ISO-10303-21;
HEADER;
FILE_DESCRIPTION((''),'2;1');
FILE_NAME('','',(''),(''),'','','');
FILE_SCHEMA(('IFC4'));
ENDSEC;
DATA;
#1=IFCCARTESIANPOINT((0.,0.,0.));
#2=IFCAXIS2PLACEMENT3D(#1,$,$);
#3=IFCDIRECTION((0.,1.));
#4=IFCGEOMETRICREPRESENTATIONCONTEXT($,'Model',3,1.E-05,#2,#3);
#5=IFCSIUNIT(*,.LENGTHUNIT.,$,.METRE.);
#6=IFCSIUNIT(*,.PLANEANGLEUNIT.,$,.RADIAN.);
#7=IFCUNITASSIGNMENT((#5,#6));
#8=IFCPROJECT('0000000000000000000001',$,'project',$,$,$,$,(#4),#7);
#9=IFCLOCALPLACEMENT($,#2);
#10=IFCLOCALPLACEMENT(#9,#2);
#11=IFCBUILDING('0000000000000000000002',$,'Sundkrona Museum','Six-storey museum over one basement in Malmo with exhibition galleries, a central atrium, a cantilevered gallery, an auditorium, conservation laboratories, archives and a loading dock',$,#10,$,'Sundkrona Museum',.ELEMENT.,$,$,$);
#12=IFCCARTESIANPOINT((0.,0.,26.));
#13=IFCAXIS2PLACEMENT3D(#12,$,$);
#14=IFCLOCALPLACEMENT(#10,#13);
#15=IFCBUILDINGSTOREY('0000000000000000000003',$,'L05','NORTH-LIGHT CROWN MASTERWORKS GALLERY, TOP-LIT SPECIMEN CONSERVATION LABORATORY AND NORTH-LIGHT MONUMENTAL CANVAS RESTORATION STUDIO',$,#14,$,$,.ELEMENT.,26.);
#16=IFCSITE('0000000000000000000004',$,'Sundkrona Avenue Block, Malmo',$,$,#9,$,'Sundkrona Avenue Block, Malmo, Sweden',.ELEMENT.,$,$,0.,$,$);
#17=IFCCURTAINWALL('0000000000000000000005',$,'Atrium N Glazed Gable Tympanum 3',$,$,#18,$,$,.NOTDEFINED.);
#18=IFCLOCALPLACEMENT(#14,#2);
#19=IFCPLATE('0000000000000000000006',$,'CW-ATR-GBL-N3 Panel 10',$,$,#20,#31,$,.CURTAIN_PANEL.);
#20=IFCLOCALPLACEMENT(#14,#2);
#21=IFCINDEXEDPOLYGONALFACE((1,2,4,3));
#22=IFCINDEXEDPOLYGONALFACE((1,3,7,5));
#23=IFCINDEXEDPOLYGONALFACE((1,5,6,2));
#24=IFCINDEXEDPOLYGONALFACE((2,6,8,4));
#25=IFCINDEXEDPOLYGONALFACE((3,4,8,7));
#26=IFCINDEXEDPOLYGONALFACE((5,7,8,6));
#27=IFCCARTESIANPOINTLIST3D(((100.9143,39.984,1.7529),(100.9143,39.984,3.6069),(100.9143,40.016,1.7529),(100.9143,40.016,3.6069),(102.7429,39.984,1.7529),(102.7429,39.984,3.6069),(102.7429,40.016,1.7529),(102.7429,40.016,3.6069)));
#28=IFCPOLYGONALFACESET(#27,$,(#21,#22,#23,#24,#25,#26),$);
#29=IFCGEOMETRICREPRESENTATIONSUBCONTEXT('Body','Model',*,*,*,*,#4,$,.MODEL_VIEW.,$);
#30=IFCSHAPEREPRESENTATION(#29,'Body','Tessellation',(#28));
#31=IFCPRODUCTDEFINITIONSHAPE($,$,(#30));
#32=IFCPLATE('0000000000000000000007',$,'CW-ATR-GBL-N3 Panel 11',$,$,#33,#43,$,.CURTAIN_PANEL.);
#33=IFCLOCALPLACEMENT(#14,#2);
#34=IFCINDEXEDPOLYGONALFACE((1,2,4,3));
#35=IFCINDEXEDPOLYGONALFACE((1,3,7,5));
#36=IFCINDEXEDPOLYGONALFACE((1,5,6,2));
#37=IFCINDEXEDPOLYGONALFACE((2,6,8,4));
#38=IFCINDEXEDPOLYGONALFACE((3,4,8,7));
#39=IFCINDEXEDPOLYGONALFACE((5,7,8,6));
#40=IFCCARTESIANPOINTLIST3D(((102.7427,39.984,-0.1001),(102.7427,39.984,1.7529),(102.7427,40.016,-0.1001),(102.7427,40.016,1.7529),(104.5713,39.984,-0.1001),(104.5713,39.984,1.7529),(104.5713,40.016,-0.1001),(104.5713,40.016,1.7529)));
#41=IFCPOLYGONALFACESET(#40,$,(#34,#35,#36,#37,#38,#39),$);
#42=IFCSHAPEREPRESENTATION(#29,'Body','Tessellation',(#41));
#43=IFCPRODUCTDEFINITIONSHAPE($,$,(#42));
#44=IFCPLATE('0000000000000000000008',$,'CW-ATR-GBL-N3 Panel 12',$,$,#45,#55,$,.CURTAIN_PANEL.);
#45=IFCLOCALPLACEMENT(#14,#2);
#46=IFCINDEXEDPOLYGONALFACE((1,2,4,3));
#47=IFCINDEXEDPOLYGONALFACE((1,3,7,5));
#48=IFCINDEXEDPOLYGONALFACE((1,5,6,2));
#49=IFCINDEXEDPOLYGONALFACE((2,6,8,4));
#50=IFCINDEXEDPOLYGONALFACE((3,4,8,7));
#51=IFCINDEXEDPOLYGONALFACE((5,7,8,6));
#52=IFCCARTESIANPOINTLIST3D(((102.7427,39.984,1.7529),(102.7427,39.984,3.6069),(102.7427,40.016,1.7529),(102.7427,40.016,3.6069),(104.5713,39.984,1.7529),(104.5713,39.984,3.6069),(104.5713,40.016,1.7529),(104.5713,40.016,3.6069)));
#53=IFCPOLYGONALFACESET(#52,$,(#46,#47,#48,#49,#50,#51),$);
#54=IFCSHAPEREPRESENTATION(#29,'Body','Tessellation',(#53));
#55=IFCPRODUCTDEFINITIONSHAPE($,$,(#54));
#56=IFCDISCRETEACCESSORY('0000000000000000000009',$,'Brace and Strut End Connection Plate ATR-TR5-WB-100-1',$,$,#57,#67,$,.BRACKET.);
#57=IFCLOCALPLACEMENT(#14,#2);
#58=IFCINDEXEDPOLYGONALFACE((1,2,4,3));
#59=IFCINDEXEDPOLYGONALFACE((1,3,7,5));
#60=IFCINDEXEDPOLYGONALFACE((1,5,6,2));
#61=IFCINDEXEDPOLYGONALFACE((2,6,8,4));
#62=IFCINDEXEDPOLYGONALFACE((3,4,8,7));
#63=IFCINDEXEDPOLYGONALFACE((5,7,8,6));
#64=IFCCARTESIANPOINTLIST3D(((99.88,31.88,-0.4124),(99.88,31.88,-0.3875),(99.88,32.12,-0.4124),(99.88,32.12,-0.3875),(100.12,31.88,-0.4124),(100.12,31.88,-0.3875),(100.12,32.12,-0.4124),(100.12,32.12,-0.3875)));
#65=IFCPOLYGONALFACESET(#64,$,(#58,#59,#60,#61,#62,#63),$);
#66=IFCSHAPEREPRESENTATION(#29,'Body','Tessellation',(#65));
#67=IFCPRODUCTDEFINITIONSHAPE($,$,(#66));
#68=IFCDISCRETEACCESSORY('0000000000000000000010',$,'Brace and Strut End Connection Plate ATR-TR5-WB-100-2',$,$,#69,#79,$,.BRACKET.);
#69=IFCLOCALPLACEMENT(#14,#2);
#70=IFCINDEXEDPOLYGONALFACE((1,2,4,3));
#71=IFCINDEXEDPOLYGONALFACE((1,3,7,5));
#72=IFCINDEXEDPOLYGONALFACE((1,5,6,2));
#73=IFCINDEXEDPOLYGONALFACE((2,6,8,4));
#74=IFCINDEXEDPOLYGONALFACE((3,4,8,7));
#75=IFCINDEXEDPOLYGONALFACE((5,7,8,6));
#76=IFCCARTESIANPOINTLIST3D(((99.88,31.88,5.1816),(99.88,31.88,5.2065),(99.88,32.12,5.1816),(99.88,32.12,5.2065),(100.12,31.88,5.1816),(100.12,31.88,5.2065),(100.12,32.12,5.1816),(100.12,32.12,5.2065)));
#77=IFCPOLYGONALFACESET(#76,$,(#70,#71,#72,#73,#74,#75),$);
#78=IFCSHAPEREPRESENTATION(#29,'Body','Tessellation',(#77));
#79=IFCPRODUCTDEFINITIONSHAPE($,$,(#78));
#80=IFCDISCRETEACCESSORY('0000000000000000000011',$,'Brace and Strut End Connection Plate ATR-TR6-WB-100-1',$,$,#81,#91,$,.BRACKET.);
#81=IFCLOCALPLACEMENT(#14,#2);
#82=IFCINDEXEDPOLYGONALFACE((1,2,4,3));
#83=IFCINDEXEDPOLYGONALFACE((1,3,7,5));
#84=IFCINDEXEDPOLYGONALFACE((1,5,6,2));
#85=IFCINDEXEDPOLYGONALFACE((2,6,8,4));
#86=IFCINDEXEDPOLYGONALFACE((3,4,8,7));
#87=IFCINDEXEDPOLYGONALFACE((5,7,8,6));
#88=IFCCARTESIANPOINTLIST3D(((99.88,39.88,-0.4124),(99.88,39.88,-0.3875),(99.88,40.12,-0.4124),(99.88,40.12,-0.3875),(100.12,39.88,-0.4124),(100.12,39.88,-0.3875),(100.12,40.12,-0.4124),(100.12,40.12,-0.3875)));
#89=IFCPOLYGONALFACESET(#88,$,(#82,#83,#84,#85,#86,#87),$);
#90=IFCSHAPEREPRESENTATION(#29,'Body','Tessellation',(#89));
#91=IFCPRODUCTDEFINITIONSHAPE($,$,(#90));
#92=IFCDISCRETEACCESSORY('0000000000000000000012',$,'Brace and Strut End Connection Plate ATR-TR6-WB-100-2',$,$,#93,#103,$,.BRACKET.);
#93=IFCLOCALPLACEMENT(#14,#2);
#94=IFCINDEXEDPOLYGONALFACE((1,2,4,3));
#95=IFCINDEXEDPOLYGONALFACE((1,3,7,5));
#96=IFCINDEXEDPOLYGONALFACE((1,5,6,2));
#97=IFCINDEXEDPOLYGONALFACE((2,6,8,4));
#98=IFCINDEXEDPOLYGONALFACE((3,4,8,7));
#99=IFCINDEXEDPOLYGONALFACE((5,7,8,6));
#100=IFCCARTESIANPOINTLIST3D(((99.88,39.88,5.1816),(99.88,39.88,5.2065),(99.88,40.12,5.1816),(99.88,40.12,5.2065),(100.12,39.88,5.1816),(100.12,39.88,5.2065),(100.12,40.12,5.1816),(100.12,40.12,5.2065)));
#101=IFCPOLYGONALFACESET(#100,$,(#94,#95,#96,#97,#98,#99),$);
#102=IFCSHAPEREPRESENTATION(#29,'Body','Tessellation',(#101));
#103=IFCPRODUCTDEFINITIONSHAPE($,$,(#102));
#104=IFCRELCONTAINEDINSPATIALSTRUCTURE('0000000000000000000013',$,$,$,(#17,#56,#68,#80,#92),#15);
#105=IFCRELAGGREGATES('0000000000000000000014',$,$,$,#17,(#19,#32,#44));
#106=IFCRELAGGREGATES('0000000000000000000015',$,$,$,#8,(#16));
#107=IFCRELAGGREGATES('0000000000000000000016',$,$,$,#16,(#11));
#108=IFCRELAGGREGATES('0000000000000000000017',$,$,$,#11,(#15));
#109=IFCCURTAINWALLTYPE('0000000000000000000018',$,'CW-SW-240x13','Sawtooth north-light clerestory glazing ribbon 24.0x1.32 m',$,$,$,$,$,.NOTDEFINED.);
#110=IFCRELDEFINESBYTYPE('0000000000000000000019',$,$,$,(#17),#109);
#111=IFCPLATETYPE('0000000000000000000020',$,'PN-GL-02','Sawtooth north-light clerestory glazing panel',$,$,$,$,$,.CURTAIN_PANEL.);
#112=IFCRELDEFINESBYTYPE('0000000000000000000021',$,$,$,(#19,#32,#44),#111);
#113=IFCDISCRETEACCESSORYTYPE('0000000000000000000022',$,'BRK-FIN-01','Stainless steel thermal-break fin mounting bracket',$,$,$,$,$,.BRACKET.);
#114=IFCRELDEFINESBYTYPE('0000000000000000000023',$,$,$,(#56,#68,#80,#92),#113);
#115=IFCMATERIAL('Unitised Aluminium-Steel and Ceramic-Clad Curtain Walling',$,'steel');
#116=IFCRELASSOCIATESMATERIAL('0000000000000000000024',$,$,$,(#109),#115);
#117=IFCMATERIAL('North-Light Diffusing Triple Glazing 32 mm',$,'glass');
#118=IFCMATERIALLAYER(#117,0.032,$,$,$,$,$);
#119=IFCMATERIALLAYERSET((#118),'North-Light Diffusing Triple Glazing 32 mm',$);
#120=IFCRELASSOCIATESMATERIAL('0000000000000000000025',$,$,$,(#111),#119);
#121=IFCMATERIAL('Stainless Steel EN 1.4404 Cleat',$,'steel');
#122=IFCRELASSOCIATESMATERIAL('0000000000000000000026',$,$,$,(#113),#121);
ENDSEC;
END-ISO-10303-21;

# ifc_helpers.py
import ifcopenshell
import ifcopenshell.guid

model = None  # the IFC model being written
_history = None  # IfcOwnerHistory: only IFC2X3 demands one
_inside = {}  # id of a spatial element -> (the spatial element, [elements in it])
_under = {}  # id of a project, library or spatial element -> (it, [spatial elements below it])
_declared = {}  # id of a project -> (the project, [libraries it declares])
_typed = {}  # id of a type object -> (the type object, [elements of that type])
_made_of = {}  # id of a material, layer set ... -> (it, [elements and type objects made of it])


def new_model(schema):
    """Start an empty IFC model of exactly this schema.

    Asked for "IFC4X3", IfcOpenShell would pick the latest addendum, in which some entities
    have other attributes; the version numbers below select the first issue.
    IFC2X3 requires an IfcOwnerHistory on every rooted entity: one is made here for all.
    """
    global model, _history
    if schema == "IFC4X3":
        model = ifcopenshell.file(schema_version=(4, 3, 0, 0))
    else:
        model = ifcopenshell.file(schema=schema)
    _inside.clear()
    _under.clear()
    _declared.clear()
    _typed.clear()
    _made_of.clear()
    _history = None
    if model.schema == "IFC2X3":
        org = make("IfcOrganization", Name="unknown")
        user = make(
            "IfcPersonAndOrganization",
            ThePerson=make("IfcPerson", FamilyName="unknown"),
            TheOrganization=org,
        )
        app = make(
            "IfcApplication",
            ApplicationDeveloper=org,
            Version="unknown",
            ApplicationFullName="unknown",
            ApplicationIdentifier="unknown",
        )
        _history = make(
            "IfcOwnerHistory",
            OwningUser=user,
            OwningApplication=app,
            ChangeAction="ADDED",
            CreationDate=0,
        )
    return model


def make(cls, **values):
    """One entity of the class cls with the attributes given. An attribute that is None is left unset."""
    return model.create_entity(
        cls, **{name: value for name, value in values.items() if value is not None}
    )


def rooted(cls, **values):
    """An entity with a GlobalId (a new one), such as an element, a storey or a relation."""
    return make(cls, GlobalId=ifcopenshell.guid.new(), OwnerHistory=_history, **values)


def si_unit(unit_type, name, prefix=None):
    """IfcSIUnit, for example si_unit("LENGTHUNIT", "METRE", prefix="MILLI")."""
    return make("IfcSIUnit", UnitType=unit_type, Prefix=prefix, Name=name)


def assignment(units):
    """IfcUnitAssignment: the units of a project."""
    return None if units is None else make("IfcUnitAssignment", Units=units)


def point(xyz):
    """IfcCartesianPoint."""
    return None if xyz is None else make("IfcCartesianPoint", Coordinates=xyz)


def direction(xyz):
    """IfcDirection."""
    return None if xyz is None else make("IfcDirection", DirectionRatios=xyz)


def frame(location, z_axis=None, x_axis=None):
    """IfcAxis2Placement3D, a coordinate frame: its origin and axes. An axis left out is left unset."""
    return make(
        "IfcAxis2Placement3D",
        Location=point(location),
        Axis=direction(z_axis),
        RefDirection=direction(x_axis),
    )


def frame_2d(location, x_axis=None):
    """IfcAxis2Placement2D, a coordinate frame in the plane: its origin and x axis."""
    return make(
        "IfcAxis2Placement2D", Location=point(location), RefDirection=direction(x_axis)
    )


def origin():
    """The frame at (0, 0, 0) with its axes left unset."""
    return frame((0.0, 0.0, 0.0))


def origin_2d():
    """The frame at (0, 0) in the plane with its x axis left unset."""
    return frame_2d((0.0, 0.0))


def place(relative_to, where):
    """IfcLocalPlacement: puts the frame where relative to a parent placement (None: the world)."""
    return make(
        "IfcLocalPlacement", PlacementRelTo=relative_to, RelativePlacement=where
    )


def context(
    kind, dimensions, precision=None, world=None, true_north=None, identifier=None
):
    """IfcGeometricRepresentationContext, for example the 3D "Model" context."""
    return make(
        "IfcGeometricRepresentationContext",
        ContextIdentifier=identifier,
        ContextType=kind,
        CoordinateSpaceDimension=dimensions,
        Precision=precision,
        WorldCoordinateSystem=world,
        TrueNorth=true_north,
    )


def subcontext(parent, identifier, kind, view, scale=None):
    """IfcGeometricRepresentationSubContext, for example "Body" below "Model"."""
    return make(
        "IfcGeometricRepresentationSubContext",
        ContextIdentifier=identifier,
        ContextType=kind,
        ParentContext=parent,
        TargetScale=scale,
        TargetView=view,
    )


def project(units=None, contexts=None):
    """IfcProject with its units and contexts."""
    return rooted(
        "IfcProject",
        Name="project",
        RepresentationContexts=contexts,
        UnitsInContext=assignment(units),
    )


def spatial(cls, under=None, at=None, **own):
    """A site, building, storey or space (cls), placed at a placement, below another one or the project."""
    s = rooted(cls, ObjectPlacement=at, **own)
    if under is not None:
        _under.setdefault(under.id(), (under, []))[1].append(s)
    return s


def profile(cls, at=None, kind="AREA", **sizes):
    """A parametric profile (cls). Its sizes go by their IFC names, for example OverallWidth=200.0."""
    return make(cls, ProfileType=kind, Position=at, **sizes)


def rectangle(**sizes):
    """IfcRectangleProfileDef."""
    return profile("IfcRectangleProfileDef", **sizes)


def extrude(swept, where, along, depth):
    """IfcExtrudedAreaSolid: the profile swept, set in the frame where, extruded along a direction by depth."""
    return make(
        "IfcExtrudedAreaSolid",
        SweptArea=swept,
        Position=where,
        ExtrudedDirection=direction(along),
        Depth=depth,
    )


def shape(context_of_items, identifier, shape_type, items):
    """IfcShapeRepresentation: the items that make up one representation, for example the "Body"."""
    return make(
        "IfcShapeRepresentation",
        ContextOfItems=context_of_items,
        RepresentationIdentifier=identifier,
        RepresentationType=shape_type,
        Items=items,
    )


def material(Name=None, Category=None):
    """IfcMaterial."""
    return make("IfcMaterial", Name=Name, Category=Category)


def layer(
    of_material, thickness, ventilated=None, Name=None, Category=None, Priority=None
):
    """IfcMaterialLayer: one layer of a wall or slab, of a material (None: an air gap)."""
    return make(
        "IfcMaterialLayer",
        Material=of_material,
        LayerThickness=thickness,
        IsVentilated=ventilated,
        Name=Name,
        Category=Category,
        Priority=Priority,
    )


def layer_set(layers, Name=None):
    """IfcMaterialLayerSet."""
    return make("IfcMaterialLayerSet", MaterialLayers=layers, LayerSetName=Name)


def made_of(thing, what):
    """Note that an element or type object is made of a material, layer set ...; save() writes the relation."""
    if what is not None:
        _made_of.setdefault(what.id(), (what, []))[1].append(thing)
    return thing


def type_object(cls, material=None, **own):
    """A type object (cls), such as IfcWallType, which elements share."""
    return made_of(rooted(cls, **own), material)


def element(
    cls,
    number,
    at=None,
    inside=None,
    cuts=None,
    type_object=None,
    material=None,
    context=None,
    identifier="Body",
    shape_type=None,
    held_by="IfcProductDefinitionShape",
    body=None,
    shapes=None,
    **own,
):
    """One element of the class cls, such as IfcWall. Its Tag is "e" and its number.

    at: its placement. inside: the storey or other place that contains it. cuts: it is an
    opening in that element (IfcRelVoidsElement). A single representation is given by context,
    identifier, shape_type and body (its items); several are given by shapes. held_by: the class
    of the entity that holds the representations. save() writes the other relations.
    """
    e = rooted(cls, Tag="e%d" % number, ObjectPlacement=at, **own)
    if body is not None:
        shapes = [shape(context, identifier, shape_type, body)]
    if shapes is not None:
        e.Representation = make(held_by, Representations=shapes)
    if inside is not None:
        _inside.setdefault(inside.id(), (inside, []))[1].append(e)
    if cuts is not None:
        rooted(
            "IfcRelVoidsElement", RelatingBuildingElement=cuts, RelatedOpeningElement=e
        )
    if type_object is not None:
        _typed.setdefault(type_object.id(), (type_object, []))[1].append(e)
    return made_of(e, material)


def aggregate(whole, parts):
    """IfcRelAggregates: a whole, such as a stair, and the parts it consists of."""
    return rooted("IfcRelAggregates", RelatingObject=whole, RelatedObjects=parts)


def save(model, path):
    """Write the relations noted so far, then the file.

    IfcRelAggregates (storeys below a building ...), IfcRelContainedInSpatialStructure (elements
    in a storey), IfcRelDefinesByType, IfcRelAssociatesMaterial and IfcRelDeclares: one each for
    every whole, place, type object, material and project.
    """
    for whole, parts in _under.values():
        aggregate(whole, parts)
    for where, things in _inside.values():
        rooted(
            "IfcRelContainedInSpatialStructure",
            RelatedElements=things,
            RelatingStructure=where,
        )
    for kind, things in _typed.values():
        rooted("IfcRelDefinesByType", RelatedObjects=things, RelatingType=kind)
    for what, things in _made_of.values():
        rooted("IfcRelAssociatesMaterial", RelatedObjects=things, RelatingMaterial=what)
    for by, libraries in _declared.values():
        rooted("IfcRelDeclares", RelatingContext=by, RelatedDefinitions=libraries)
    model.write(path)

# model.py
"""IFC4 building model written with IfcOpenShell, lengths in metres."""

from ifc_helpers import new_model, si_unit, direction, frame, origin, origin_2d, place, context, subcontext, project, spatial, rectangle, extrude, material, layer, layer_set, type_object, element, aggregate, save


model = new_model("IFC4")

# Units and contexts
model_context = context("Model", 3, precision=1e-05, world=origin(), true_north=direction((0.0, 1.0)))
body_context = subcontext(model_context, "Body", "Model", "MODEL_VIEW")
ifc_project = project(units=[si_unit("LENGTHUNIT", "METRE"), si_unit("PLANEANGLEUNIT", "RADIAN")], contexts=[model_context])

# Site, building, storey
site_placement = place(None, origin())
site = spatial("IfcSite", under=ifc_project, at=site_placement, Name="Sundkrona Avenue Block, Malmo", LongName="Sundkrona Avenue Block, Malmo, Sweden", CompositionType="ELEMENT", RefElevation=0.0)
building_placement = place(site_placement, origin())
building = spatial("IfcBuilding", under=site, at=building_placement, Name="Sundkrona Museum", Description="Six-storey museum over one basement in Malmo with exhibition galleries, a central atrium, a cantilevered gallery, an auditorium, conservation laboratories, archives and a loading dock", LongName="Sundkrona Museum", CompositionType="ELEMENT")
storey_placement = place(building_placement, frame((0.0, 0.0, 26.0)))
storey = spatial("IfcBuildingStorey", under=building, at=storey_placement, Name="L05", Description="NORTH-LIGHT CROWN MASTERWORKS GALLERY, TOP-LIT SPECIMEN CONSERVATION LABORATORY AND NORTH-LIGHT MONUMENTAL CANVAS RESTORATION STUDIO", CompositionType="ELEMENT", Elevation=26.0)

# Curtain wall
ifc_material_1 = material(Name="Unitised Aluminium-Steel and Ceramic-Clad Curtain Walling", Category="steel")
curtain_wall_type = type_object("IfcCurtainWallType", Name="CW-SW-240x13", Description="Sawtooth north-light clerestory glazing ribbon 24.0x1.32 m", PredefinedType="NOTDEFINED", material=ifc_material_1)
curtain_wall_placement = place(storey_placement, origin())
curtain_wall = element("IfcCurtainWall", 1, at=curtain_wall_placement, inside=storey, type_object=curtain_wall_type, Name="Atrium N Glazed Gable Tympanum 3", PredefinedType="NOTDEFINED")

# Plates
ifc_material_2 = material(Name="North-Light Diffusing Triple Glazing 32 mm", Category="glass")
ifc_layer = layer(ifc_material_2, 0.032)
ifc_layer_set = layer_set([ifc_layer], Name="North-Light Diffusing Triple Glazing 32 mm")
plate_type = type_object("IfcPlateType", Name="PN-GL-02", Description="Sawtooth north-light clerestory glazing panel", PredefinedType="CURTAIN_PANEL", material=ifc_layer_set)
plate_1_placement = place(storey_placement, frame((101.8286, 40.0, 1.7529), z_axis=(0.0, 0.0, 1.0), x_axis=(1.0, 0.0, 0.0)))
plate_1 = element("IfcPlate", 2, at=plate_1_placement, type_object=plate_type, Name="CW-ATR-GBL-N3 Panel 10", PredefinedType="CURTAIN_PANEL", context=body_context, shape_type="SweptSolid", body=[
    extrude(rectangle(XDim=1.8286, YDim=0.032, at=origin_2d()), origin(), (0.0, 0.0, 1.0), 1.854),
])
plate_2_placement = place(storey_placement, frame((103.657, 40.0, -0.1001), z_axis=(0.0, 0.0, 1.0), x_axis=(1.0, 0.0, 0.0)))
plate_2 = element("IfcPlate", 3, at=plate_2_placement, type_object=plate_type, Name="CW-ATR-GBL-N3 Panel 11", PredefinedType="CURTAIN_PANEL", context=body_context, shape_type="SweptSolid", body=[
    extrude(rectangle(XDim=1.8286, YDim=0.032, at=origin_2d()), origin(), (0.0, 0.0, 1.0), 1.853),
])
plate_3_placement = place(storey_placement, frame((103.657, 40.0, 1.7529), z_axis=(0.0, 0.0, 1.0), x_axis=(1.0, 0.0, 0.0)))
plate_3 = element("IfcPlate", 4, at=plate_3_placement, type_object=plate_type, Name="CW-ATR-GBL-N3 Panel 12", PredefinedType="CURTAIN_PANEL", context=body_context, shape_type="SweptSolid", body=[
    extrude(rectangle(XDim=1.8286, YDim=0.032, at=origin_2d()), origin(), (0.0, 0.0, 1.0), 1.854),
])
aggregate(curtain_wall, [plate_1, plate_2, plate_3])

# Discrete accessories
ifc_material_3 = material(Name="Stainless Steel EN 1.4404 Cleat", Category="steel")
discrete_accessory_type = type_object("IfcDiscreteAccessoryType", Name="BRK-FIN-01", Description="Stainless steel thermal-break fin mounting bracket", PredefinedType="BRACKET", material=ifc_material_3)
for number, where, z_axis, x_axis, name in (
    (5, (100.0, 32.0, -0.4124), (0.0, 0.0, 1.0), (1.0, 0.0, 0.0), "Brace and Strut End Connection Plate ATR-TR5-WB-100-1"),
    (6, (100.0, 32.0, 5.1816), (0.0, 0.0, 1.0), (1.0, 0.0, 0.0), "Brace and Strut End Connection Plate ATR-TR5-WB-100-2"),
    (7, (100.0, 40.0, -0.4124), (0.0, 0.0, 1.0), (1.0, 0.0, 0.0), "Brace and Strut End Connection Plate ATR-TR6-WB-100-1"),
    (8, (100.0, 40.0, 5.1816), (0.0, 0.0, 1.0), (1.0, 0.0, 0.0), "Brace and Strut End Connection Plate ATR-TR6-WB-100-2"),
):
    element("IfcDiscreteAccessory", number, at=place(storey_placement, frame(where, z_axis=z_axis, x_axis=x_axis)), inside=storey, type_object=discrete_accessory_type, Name=name, PredefinedType="BRACKET", context=body_context, shape_type="SweptSolid", body=[
        extrude(rectangle(XDim=0.24, YDim=0.24, at=origin_2d()), origin(), (0.0, 0.0, 1.0), 0.0249),
    ])

save(model, "model.ifc")
